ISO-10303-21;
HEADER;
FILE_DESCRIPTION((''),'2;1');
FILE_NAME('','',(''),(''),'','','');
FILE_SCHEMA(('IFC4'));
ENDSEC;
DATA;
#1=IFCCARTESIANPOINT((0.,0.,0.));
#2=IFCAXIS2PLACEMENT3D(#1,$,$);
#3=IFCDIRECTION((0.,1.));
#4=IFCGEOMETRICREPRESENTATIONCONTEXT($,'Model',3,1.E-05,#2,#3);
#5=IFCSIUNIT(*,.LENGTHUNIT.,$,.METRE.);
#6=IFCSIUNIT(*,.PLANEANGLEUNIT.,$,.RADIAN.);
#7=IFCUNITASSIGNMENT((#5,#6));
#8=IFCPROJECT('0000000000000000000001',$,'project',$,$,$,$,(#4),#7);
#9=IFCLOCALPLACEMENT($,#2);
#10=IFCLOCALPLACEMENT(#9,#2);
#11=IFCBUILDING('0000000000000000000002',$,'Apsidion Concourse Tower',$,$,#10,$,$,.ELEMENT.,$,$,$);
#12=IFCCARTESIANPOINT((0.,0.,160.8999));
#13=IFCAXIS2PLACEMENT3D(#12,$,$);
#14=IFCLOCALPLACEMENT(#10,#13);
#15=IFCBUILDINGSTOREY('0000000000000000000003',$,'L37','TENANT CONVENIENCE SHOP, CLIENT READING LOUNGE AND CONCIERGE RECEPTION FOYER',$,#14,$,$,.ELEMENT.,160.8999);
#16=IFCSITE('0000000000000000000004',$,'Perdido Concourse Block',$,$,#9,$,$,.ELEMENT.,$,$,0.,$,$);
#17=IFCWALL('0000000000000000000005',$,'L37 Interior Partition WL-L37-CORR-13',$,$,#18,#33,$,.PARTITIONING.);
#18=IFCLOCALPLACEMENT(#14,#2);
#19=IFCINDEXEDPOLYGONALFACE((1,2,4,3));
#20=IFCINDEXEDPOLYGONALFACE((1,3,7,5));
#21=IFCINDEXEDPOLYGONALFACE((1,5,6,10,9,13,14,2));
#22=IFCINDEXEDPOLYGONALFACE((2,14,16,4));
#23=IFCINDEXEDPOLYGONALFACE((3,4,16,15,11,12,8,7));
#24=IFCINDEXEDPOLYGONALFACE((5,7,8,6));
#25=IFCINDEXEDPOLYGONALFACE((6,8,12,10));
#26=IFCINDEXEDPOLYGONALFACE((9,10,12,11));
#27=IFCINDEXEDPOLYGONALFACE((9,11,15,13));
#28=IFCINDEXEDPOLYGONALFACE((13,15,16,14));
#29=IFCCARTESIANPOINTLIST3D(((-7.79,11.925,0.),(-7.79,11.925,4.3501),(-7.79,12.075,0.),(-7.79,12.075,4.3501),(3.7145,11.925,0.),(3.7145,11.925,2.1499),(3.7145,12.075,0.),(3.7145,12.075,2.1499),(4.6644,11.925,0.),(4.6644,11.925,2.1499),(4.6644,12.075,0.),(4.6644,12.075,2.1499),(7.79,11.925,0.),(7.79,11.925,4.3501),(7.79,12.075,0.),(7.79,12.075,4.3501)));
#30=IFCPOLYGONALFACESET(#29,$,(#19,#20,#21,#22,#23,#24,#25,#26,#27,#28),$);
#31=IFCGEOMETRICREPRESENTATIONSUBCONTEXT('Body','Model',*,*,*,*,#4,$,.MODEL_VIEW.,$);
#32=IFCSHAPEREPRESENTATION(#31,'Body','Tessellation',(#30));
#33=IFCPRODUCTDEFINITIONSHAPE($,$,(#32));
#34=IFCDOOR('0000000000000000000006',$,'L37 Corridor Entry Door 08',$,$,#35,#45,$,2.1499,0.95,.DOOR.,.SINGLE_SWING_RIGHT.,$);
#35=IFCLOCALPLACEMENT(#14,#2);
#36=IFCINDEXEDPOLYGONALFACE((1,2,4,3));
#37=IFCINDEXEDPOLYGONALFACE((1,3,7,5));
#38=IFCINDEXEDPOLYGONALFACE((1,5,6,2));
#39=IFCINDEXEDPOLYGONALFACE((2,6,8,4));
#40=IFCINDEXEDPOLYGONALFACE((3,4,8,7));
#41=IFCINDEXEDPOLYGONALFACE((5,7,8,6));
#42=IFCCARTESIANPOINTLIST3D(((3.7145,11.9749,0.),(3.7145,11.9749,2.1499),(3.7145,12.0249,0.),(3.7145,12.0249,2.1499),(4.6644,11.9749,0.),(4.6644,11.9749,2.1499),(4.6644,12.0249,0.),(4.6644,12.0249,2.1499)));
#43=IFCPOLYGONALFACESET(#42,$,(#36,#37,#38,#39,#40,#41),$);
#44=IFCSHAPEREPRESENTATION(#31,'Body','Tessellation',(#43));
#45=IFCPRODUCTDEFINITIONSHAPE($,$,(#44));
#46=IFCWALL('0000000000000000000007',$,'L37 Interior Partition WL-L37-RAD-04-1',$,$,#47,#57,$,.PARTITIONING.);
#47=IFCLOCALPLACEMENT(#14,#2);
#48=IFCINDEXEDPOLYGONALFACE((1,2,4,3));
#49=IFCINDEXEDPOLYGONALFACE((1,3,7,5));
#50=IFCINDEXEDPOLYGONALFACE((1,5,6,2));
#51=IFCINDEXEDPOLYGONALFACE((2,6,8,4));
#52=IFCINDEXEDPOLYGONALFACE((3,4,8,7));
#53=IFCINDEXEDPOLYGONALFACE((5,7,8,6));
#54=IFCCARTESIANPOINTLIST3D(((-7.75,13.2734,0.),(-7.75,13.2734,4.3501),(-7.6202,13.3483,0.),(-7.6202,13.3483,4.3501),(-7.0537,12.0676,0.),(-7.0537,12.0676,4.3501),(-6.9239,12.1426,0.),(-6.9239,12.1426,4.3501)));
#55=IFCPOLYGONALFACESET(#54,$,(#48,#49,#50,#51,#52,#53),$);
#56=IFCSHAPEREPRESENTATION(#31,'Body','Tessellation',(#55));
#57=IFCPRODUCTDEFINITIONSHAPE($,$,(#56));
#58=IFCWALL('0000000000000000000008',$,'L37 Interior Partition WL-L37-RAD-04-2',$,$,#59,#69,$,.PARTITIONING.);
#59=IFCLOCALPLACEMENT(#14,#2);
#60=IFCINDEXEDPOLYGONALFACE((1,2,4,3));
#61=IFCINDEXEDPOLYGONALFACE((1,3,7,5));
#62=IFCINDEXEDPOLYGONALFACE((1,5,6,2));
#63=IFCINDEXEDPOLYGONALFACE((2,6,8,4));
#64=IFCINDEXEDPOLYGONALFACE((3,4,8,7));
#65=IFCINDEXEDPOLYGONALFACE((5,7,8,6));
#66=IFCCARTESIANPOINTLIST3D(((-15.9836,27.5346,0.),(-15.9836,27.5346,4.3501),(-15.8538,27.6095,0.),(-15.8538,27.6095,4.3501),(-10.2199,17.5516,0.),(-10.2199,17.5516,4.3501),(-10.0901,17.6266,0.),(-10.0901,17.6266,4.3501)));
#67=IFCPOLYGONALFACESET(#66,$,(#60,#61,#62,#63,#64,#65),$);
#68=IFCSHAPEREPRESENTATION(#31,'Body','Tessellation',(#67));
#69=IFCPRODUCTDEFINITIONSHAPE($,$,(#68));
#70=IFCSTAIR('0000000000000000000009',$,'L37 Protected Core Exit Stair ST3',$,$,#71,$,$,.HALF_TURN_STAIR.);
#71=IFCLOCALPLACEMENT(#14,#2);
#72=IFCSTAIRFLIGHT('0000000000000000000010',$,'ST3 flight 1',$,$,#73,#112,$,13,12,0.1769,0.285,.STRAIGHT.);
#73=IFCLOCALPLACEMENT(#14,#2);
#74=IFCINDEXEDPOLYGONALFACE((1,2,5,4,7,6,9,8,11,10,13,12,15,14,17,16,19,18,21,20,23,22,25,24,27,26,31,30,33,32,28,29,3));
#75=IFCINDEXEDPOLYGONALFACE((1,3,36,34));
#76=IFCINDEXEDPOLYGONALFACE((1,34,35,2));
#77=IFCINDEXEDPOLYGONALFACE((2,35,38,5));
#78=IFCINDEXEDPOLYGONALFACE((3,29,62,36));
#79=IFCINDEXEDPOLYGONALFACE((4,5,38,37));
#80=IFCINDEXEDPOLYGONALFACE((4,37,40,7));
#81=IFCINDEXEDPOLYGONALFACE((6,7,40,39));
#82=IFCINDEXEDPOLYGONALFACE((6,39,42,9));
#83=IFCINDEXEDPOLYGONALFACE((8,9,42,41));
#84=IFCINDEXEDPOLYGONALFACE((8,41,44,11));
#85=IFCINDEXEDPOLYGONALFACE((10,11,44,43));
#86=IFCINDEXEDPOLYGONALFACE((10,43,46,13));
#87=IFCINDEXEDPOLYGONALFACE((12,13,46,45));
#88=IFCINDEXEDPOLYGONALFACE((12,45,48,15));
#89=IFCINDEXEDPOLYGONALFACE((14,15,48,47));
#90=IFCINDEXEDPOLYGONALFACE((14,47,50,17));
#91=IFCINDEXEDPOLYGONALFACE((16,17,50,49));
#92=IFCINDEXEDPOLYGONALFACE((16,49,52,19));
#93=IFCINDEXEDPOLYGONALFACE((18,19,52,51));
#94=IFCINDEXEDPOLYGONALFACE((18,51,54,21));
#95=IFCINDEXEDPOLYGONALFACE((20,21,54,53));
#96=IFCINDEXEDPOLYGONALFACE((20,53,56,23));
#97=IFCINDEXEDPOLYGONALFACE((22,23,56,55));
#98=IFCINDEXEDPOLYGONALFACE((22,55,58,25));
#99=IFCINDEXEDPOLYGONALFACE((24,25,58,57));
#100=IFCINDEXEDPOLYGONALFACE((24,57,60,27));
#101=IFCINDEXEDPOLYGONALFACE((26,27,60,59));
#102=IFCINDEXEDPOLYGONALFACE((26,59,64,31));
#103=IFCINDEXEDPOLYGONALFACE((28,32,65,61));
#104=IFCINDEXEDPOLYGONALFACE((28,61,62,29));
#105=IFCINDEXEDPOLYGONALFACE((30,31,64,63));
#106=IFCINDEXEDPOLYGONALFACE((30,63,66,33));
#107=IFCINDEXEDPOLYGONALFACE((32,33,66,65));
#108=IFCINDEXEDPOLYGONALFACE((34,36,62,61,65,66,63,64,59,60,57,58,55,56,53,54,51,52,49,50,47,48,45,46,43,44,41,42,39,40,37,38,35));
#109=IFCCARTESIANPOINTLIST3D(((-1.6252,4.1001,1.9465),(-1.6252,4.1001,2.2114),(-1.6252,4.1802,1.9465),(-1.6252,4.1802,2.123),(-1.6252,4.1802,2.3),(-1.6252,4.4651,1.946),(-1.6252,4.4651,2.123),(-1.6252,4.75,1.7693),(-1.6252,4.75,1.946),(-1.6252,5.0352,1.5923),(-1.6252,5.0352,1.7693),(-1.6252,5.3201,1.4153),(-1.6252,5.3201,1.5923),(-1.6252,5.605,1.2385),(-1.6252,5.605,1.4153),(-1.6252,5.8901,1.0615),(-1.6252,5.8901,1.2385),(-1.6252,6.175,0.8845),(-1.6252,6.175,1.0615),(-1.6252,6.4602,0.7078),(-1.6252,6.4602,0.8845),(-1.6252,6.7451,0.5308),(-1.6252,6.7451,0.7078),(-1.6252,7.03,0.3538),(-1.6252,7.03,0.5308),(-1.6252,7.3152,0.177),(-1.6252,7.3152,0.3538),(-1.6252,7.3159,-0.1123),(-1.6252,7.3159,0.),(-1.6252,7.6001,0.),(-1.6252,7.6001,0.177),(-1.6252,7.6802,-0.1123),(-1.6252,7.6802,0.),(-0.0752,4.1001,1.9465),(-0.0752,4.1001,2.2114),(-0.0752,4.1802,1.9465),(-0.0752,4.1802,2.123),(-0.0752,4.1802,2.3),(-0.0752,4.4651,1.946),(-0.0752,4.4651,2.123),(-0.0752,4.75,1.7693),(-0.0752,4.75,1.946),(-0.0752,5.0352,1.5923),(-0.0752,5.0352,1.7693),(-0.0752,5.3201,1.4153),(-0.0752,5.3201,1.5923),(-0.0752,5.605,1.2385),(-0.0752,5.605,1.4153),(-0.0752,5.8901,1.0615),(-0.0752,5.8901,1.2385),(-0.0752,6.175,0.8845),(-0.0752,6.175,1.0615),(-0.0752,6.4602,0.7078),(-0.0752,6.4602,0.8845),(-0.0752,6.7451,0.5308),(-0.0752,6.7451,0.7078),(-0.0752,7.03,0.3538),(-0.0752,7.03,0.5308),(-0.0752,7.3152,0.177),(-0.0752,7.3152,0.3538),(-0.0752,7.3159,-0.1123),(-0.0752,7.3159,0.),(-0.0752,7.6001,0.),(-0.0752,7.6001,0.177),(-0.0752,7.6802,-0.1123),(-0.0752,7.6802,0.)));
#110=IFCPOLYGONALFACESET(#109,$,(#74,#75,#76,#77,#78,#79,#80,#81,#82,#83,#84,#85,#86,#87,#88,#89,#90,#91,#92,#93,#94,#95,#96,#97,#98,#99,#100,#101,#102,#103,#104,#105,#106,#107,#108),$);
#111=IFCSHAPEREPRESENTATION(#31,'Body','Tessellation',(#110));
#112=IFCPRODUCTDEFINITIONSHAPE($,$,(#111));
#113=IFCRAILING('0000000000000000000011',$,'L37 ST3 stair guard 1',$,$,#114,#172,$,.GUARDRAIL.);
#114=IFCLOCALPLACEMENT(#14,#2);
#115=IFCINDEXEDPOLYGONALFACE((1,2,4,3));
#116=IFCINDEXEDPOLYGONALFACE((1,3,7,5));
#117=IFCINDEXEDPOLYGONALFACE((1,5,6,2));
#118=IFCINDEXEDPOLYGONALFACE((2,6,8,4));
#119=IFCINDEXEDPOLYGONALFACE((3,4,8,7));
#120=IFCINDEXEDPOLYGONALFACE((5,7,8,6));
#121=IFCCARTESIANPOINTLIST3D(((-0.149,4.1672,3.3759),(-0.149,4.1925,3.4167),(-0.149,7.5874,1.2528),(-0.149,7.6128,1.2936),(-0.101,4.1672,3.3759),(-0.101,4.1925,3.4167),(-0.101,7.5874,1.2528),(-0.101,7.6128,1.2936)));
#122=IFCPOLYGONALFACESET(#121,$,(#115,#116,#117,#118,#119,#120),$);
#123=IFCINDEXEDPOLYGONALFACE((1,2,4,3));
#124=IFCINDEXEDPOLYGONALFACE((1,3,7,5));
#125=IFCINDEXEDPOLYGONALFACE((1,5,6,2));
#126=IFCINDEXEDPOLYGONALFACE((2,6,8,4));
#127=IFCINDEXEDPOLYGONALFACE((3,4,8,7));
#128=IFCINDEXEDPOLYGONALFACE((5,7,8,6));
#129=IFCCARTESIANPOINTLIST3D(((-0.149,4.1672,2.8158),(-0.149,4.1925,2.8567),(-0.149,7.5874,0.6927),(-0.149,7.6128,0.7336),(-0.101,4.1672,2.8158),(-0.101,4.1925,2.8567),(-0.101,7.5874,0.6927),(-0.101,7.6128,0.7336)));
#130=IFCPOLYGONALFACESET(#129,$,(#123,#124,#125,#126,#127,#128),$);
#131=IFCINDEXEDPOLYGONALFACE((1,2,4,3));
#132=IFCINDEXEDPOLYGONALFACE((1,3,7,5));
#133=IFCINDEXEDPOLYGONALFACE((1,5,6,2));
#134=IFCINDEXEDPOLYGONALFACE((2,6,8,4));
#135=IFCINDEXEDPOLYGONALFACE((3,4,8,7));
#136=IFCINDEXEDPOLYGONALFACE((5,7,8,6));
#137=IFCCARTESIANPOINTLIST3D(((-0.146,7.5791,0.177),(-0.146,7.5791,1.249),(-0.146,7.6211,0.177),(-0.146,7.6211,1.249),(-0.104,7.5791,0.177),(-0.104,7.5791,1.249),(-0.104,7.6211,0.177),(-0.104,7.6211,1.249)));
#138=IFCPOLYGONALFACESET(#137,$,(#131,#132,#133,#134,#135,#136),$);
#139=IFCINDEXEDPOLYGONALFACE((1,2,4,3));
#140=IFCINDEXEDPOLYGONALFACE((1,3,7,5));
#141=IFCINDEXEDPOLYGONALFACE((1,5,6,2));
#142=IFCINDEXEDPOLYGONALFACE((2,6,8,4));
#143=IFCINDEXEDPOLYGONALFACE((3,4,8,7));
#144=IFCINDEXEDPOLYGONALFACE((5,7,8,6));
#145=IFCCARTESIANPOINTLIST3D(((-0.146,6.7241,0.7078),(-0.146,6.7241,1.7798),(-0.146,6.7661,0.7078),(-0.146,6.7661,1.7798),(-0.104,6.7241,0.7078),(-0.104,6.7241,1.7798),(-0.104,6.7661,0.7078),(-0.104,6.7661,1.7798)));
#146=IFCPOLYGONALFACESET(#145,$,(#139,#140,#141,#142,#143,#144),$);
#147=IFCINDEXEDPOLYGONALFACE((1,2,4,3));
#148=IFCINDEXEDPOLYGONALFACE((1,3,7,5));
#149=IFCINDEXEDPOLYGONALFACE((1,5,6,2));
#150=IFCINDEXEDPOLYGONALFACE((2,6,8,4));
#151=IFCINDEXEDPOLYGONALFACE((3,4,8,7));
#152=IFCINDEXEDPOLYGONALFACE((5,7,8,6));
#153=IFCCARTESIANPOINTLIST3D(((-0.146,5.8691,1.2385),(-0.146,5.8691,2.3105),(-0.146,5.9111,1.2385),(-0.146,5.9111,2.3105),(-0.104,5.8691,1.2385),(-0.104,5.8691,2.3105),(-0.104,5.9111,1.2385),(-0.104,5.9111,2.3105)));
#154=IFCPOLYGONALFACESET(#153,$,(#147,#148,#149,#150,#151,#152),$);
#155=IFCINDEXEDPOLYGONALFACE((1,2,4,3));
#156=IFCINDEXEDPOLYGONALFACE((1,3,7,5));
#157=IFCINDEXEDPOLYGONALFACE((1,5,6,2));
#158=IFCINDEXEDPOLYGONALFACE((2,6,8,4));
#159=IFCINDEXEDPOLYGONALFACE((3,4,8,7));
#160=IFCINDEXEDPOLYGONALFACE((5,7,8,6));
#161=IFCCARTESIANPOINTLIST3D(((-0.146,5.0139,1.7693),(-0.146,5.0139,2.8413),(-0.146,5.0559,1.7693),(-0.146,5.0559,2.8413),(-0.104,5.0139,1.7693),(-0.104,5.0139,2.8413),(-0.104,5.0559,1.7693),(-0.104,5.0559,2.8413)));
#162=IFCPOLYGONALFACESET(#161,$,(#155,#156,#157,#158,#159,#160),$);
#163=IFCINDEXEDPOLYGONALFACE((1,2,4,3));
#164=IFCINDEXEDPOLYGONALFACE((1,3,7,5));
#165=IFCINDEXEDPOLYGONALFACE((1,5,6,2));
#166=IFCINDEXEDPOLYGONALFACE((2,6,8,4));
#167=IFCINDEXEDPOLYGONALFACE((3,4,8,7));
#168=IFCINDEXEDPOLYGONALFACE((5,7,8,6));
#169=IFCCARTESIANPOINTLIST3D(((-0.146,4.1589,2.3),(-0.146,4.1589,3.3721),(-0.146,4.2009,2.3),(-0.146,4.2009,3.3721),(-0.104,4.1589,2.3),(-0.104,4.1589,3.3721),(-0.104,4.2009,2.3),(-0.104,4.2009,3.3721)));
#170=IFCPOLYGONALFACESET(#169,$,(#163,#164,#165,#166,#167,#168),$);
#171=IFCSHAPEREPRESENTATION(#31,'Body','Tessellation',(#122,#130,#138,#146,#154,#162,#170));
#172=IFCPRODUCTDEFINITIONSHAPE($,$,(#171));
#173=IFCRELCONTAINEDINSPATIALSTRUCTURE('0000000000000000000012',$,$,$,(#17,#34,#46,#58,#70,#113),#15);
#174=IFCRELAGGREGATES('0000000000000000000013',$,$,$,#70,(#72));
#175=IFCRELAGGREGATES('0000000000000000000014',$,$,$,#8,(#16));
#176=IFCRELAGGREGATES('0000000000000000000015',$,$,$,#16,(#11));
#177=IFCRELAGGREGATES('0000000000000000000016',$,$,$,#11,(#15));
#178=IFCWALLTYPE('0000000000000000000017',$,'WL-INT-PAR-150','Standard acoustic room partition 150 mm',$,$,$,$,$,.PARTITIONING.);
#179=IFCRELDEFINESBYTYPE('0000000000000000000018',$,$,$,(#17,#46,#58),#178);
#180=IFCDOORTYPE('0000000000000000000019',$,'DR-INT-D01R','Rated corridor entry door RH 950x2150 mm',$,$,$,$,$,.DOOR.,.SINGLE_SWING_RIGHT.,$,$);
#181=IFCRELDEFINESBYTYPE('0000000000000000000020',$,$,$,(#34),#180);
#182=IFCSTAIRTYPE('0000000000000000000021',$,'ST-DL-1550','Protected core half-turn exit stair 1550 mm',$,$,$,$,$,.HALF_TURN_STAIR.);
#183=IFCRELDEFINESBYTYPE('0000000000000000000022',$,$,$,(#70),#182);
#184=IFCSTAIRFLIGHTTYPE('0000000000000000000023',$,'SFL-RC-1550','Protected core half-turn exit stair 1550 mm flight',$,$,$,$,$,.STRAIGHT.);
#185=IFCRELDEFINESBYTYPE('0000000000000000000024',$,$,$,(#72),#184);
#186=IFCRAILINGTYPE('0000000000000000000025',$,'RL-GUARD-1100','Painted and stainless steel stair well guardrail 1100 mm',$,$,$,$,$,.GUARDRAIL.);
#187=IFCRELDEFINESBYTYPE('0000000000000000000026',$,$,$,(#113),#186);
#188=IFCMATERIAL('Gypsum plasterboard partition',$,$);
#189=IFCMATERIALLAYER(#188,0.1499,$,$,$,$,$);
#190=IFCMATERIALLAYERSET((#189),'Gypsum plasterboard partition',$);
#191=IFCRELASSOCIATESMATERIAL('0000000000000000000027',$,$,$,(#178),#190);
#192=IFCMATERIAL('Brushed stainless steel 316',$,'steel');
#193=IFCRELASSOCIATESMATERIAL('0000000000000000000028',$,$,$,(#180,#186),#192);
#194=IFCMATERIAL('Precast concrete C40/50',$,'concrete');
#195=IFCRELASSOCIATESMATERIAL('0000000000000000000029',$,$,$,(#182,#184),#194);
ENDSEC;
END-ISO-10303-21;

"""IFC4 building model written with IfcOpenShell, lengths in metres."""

from ifc_helpers import new_model, si_unit, direction, frame, frame_2d, origin, origin_2d, place, context, subcontext, project, spatial, polyline, rectangle, outline, extrude, material, layer, layer_set, type_object, element, fill, aggregate, save


model = new_model("IFC4")

# Units and contexts
model_context = context("Model", 3, precision=1e-05, world=origin(), true_north=direction((0.0, 1.0)))
body_context = subcontext(model_context, "Body", "Model", "MODEL_VIEW")
ifc_project = project(units=[si_unit("LENGTHUNIT", "METRE"), si_unit("PLANEANGLEUNIT", "RADIAN")], contexts=[model_context])

# Site, building, storey
site_placement = place(None, origin())
site = spatial("IfcSite", under=ifc_project, at=site_placement, Name="Perdido Concourse Block", CompositionType="ELEMENT", RefElevation=0.0)
building_placement = place(site_placement, origin())
building = spatial("IfcBuilding", under=site, at=building_placement, Name="Apsidion Concourse Tower", CompositionType="ELEMENT")
storey_placement = place(building_placement, frame((0.0, 0.0, 160.8999)))
storey = spatial("IfcBuildingStorey", under=building, at=storey_placement, Name="L37", Description="TENANT CONVENIENCE SHOP, CLIENT READING LOUNGE AND CONCIERGE RECEPTION FOYER", CompositionType="ELEMENT", Elevation=160.8999)

# Wall, opening, door
ifc_material_1 = material(Name="Gypsum plasterboard partition")
ifc_layer_1 = layer(ifc_material_1, 0.1499)
ifc_layer_set_1 = layer_set([ifc_layer_1], Name="Gypsum plasterboard partition")
wall_type_1 = type_object("IfcWallType", Name="WL-INT-PAR-150", Description="Standard acoustic room partition 150 mm", PredefinedType="PARTITIONING", material=ifc_layer_set_1)
wall_1_placement = place(storey_placement, frame((-7.79, 12.0, 0.0), z_axis=(0.0, 0.0, 1.0), x_axis=(1.0, 0.0, 0.0)))
wall_1 = element("IfcWall", 1, at=wall_1_placement, inside=storey, type_object=wall_type_1, Name="L37 Interior Partition WL-L37-CORR-13", PredefinedType="PARTITIONING", context=body_context, shape_type="SweptSolid", body=[
    extrude(rectangle(XDim=15.5801, YDim=0.1499, at=frame_2d((7.79, 0.0))), origin(), (0.0, 0.0, 1.0), 4.3501),
])
opening_1_placement = place(wall_1_placement, frame((11.5044, 0.0, 0.0)))
opening_1 = element("IfcOpeningElement", 2, at=opening_1_placement, cuts=wall_1, PredefinedType="OPENING", context=body_context, shape_type="SweptSolid", body=[
    extrude(rectangle(XDim=0.95, YDim=2.1499, at=frame_2d((0.4751, 1.075))), frame((0.0, 0.085, 0.0), z_axis=(0.0, -1.0, 0.0), x_axis=(1.0, 0.0, 0.0)), (0.0, 0.0, 1.0), 0.1699),
])
ifc_material_2 = material(Name="Brushed stainless steel 316", Category="steel")
door_type_1 = type_object("IfcDoorType", Name="DR-INT-D01R", Description="Rated corridor entry door RH 950x2150 mm", OperationType="SINGLE_SWING_RIGHT", PredefinedType="DOOR", material=ifc_material_2)
door_1_placement = place(opening_1_placement, origin())
door_1 = element("IfcDoor", 3, at=door_1_placement, inside=storey, type_object=door_type_1, Name="L37 Corridor Entry Door 08", OperationType="SINGLE_SWING_RIGHT", OverallHeight=2.1499, OverallWidth=0.95, PredefinedType="DOOR", context=body_context, shape_type="SweptSolid", body=[
    extrude(rectangle(XDim=0.95, YDim=2.1499, at=frame_2d((0.4751, 1.075))), frame((0.0, 0.0249, 0.0), z_axis=(0.0, -1.0, 0.0), x_axis=(1.0, 0.0, 0.0)), (0.0, 0.0, 1.0), 0.05),
])
fill(opening_1, door_1)

# Walls
wall_2_placement = place(storey_placement, frame((-6.9888, 12.105, 0.0), z_axis=(0.0, 0.0, 1.0), x_axis=(-0.500061, 0.86599, 0.0)))
element("IfcWall", 4, at=wall_2_placement, inside=storey, type_object=wall_type_1, Name="L37 Interior Partition WL-L37-RAD-04-1", PredefinedType="PARTITIONING", context=body_context, shape_type="SweptSolid", body=[
    extrude(rectangle(XDim=1.3923, YDim=0.1499, at=frame_2d((0.6963, 0.0))), origin(), (0.0, 0.0, 1.0), 4.3501),
])
wall_3_placement = place(storey_placement, frame((-10.155, 17.5891, 0.0), z_axis=(0.0, 0.0, 1.0), x_axis=(-0.500002, 0.866024, 0.0)))
element("IfcWall", 5, at=wall_3_placement, inside=storey, type_object=wall_type_1, Name="L37 Interior Partition WL-L37-RAD-04-2", PredefinedType="PARTITIONING", context=body_context, shape_type="SweptSolid", body=[
    extrude(rectangle(XDim=11.5273, YDim=0.1499, at=frame_2d((5.7637, 0.0))), origin(), (0.0, 0.0, 1.0), 4.3501),
])

# Stair, stair flight
ifc_material_3 = material(Name="Precast concrete C40/50", Category="concrete")
stair_type = type_object("IfcStairType", Name="ST-DL-1550", Description="Protected core half-turn exit stair 1550 mm", PredefinedType="HALF_TURN_STAIR", material=ifc_material_3)
stair_placement = place(storey_placement, origin())
stair = element("IfcStair", 6, at=stair_placement, inside=storey, type_object=stair_type, Name="L37 Protected Core Exit Stair ST3", PredefinedType="HALF_TURN_STAIR")
stair_flight_type = type_object("IfcStairFlightType", Name="SFL-RC-1550", Description="Protected core half-turn exit stair 1550 mm flight", PredefinedType="STRAIGHT", material=ifc_material_3)
stair_flight_placement = place(storey_placement, frame((-0.8501, 7.6001, 0.0), z_axis=(0.0, 0.0, 1.0), x_axis=(0.0, -1.0, 0.0)))
stair_flight = element("IfcStairFlight", 7, at=stair_flight_placement, type_object=stair_flight_type, Name="ST3 flight 1", NumberOfRisers=13, NumberOfTreads=12, PredefinedType="STRAIGHT", RiserHeight=0.1769, TreadLength=0.285, context=body_context, shape_type="SweptSolid", body=[
    extrude(outline(polyline([(-0.0801, -0.1123), (-0.0801, 0.0), (0.0, 0.0), (0.0, 0.177), (0.2849, 0.177), (0.2849, 0.3538), (0.5701, 0.3538), (0.5701, 0.5308), (0.855, 0.5308), (0.855, 0.7078), (1.1399, 0.7078), (1.1399, 0.8845), (1.425, 0.8845), (1.425, 1.0615), (1.71, 1.0615), (1.71, 1.2385), (1.9951, 1.2385), (1.9951, 1.4153), (2.28, 1.4153), (2.28, 1.5923), (2.5649, 1.5923), (2.5649, 1.7693), (2.8501, 1.7693), (2.8501, 1.946), (3.135, 1.946), (3.135, 2.123), (3.4199, 2.123), (3.4199, 2.3), (3.5, 2.2114), (3.5, 1.9465), (3.4199, 1.9465), (0.2842, 0.0), (0.2842, -0.1123), (-0.0801, -0.1123)])), frame((0.0, 0.7749, 0.0), z_axis=(0.0, -1.0, 0.0), x_axis=(1.0, 0.0, 0.0)), (0.0, 0.0, 1.0), 1.55),
])
aggregate(stair, [stair_flight])

# Railing
railing_type_1 = type_object("IfcRailingType", Name="RL-GUARD-1100", Description="Painted and stainless steel stair well guardrail 1100 mm", PredefinedType="GUARDRAIL", material=ifc_material_2)
railing_1_placement = place(storey_placement, frame((-0.125, 7.6001, 0.177)))
element("IfcRailing", 8, at=railing_1_placement, inside=storey, type_object=railing_type_1, Name="L37 ST3 stair guard 1", PredefinedType="GUARDRAIL", context=body_context, shape_type="SweptSolid", body=[
    extrude(rectangle(XDim=0.0481, YDim=0.0481, at=origin_2d()), frame((0.0, 0.0, 1.0962), z_axis=(0.0, -0.84962, 0.527396), x_axis=(1.0, 0.0, 0.0)), (0.0, 0.0, 1.0), 4.0256),
    extrude(rectangle(XDim=0.0481, YDim=0.0481, at=origin_2d()), frame((0.0, 0.0, 0.5361), z_axis=(0.0, -0.84962, 0.527396), x_axis=(1.0, 0.0, 0.0)), (0.0, 0.0, 1.0), 4.0256),
    extrude(rectangle(XDim=0.042, YDim=0.042, at=origin_2d()), origin(), (0.0, 0.0, 1.0), 1.072),
    extrude(rectangle(XDim=0.042, YDim=0.042, at=origin_2d()), frame((0.0, -0.855, 0.5308)), (0.0, 0.0, 1.0), 1.072),
    extrude(rectangle(XDim=0.042, YDim=0.042, at=origin_2d()), frame((0.0, -1.71, 1.0615)), (0.0, 0.0, 1.0), 1.072),
    extrude(rectangle(XDim=0.042, YDim=0.042, at=origin_2d()), frame((0.0, -2.5652, 1.5923)), (0.0, 0.0, 1.0), 1.072),
    extrude(rectangle(XDim=0.042, YDim=0.042, at=origin_2d()), frame((0.0, -3.4202, 2.123)), (0.0, 0.0, 1.0), 1.072),
])

save(model, "model.ifc")
